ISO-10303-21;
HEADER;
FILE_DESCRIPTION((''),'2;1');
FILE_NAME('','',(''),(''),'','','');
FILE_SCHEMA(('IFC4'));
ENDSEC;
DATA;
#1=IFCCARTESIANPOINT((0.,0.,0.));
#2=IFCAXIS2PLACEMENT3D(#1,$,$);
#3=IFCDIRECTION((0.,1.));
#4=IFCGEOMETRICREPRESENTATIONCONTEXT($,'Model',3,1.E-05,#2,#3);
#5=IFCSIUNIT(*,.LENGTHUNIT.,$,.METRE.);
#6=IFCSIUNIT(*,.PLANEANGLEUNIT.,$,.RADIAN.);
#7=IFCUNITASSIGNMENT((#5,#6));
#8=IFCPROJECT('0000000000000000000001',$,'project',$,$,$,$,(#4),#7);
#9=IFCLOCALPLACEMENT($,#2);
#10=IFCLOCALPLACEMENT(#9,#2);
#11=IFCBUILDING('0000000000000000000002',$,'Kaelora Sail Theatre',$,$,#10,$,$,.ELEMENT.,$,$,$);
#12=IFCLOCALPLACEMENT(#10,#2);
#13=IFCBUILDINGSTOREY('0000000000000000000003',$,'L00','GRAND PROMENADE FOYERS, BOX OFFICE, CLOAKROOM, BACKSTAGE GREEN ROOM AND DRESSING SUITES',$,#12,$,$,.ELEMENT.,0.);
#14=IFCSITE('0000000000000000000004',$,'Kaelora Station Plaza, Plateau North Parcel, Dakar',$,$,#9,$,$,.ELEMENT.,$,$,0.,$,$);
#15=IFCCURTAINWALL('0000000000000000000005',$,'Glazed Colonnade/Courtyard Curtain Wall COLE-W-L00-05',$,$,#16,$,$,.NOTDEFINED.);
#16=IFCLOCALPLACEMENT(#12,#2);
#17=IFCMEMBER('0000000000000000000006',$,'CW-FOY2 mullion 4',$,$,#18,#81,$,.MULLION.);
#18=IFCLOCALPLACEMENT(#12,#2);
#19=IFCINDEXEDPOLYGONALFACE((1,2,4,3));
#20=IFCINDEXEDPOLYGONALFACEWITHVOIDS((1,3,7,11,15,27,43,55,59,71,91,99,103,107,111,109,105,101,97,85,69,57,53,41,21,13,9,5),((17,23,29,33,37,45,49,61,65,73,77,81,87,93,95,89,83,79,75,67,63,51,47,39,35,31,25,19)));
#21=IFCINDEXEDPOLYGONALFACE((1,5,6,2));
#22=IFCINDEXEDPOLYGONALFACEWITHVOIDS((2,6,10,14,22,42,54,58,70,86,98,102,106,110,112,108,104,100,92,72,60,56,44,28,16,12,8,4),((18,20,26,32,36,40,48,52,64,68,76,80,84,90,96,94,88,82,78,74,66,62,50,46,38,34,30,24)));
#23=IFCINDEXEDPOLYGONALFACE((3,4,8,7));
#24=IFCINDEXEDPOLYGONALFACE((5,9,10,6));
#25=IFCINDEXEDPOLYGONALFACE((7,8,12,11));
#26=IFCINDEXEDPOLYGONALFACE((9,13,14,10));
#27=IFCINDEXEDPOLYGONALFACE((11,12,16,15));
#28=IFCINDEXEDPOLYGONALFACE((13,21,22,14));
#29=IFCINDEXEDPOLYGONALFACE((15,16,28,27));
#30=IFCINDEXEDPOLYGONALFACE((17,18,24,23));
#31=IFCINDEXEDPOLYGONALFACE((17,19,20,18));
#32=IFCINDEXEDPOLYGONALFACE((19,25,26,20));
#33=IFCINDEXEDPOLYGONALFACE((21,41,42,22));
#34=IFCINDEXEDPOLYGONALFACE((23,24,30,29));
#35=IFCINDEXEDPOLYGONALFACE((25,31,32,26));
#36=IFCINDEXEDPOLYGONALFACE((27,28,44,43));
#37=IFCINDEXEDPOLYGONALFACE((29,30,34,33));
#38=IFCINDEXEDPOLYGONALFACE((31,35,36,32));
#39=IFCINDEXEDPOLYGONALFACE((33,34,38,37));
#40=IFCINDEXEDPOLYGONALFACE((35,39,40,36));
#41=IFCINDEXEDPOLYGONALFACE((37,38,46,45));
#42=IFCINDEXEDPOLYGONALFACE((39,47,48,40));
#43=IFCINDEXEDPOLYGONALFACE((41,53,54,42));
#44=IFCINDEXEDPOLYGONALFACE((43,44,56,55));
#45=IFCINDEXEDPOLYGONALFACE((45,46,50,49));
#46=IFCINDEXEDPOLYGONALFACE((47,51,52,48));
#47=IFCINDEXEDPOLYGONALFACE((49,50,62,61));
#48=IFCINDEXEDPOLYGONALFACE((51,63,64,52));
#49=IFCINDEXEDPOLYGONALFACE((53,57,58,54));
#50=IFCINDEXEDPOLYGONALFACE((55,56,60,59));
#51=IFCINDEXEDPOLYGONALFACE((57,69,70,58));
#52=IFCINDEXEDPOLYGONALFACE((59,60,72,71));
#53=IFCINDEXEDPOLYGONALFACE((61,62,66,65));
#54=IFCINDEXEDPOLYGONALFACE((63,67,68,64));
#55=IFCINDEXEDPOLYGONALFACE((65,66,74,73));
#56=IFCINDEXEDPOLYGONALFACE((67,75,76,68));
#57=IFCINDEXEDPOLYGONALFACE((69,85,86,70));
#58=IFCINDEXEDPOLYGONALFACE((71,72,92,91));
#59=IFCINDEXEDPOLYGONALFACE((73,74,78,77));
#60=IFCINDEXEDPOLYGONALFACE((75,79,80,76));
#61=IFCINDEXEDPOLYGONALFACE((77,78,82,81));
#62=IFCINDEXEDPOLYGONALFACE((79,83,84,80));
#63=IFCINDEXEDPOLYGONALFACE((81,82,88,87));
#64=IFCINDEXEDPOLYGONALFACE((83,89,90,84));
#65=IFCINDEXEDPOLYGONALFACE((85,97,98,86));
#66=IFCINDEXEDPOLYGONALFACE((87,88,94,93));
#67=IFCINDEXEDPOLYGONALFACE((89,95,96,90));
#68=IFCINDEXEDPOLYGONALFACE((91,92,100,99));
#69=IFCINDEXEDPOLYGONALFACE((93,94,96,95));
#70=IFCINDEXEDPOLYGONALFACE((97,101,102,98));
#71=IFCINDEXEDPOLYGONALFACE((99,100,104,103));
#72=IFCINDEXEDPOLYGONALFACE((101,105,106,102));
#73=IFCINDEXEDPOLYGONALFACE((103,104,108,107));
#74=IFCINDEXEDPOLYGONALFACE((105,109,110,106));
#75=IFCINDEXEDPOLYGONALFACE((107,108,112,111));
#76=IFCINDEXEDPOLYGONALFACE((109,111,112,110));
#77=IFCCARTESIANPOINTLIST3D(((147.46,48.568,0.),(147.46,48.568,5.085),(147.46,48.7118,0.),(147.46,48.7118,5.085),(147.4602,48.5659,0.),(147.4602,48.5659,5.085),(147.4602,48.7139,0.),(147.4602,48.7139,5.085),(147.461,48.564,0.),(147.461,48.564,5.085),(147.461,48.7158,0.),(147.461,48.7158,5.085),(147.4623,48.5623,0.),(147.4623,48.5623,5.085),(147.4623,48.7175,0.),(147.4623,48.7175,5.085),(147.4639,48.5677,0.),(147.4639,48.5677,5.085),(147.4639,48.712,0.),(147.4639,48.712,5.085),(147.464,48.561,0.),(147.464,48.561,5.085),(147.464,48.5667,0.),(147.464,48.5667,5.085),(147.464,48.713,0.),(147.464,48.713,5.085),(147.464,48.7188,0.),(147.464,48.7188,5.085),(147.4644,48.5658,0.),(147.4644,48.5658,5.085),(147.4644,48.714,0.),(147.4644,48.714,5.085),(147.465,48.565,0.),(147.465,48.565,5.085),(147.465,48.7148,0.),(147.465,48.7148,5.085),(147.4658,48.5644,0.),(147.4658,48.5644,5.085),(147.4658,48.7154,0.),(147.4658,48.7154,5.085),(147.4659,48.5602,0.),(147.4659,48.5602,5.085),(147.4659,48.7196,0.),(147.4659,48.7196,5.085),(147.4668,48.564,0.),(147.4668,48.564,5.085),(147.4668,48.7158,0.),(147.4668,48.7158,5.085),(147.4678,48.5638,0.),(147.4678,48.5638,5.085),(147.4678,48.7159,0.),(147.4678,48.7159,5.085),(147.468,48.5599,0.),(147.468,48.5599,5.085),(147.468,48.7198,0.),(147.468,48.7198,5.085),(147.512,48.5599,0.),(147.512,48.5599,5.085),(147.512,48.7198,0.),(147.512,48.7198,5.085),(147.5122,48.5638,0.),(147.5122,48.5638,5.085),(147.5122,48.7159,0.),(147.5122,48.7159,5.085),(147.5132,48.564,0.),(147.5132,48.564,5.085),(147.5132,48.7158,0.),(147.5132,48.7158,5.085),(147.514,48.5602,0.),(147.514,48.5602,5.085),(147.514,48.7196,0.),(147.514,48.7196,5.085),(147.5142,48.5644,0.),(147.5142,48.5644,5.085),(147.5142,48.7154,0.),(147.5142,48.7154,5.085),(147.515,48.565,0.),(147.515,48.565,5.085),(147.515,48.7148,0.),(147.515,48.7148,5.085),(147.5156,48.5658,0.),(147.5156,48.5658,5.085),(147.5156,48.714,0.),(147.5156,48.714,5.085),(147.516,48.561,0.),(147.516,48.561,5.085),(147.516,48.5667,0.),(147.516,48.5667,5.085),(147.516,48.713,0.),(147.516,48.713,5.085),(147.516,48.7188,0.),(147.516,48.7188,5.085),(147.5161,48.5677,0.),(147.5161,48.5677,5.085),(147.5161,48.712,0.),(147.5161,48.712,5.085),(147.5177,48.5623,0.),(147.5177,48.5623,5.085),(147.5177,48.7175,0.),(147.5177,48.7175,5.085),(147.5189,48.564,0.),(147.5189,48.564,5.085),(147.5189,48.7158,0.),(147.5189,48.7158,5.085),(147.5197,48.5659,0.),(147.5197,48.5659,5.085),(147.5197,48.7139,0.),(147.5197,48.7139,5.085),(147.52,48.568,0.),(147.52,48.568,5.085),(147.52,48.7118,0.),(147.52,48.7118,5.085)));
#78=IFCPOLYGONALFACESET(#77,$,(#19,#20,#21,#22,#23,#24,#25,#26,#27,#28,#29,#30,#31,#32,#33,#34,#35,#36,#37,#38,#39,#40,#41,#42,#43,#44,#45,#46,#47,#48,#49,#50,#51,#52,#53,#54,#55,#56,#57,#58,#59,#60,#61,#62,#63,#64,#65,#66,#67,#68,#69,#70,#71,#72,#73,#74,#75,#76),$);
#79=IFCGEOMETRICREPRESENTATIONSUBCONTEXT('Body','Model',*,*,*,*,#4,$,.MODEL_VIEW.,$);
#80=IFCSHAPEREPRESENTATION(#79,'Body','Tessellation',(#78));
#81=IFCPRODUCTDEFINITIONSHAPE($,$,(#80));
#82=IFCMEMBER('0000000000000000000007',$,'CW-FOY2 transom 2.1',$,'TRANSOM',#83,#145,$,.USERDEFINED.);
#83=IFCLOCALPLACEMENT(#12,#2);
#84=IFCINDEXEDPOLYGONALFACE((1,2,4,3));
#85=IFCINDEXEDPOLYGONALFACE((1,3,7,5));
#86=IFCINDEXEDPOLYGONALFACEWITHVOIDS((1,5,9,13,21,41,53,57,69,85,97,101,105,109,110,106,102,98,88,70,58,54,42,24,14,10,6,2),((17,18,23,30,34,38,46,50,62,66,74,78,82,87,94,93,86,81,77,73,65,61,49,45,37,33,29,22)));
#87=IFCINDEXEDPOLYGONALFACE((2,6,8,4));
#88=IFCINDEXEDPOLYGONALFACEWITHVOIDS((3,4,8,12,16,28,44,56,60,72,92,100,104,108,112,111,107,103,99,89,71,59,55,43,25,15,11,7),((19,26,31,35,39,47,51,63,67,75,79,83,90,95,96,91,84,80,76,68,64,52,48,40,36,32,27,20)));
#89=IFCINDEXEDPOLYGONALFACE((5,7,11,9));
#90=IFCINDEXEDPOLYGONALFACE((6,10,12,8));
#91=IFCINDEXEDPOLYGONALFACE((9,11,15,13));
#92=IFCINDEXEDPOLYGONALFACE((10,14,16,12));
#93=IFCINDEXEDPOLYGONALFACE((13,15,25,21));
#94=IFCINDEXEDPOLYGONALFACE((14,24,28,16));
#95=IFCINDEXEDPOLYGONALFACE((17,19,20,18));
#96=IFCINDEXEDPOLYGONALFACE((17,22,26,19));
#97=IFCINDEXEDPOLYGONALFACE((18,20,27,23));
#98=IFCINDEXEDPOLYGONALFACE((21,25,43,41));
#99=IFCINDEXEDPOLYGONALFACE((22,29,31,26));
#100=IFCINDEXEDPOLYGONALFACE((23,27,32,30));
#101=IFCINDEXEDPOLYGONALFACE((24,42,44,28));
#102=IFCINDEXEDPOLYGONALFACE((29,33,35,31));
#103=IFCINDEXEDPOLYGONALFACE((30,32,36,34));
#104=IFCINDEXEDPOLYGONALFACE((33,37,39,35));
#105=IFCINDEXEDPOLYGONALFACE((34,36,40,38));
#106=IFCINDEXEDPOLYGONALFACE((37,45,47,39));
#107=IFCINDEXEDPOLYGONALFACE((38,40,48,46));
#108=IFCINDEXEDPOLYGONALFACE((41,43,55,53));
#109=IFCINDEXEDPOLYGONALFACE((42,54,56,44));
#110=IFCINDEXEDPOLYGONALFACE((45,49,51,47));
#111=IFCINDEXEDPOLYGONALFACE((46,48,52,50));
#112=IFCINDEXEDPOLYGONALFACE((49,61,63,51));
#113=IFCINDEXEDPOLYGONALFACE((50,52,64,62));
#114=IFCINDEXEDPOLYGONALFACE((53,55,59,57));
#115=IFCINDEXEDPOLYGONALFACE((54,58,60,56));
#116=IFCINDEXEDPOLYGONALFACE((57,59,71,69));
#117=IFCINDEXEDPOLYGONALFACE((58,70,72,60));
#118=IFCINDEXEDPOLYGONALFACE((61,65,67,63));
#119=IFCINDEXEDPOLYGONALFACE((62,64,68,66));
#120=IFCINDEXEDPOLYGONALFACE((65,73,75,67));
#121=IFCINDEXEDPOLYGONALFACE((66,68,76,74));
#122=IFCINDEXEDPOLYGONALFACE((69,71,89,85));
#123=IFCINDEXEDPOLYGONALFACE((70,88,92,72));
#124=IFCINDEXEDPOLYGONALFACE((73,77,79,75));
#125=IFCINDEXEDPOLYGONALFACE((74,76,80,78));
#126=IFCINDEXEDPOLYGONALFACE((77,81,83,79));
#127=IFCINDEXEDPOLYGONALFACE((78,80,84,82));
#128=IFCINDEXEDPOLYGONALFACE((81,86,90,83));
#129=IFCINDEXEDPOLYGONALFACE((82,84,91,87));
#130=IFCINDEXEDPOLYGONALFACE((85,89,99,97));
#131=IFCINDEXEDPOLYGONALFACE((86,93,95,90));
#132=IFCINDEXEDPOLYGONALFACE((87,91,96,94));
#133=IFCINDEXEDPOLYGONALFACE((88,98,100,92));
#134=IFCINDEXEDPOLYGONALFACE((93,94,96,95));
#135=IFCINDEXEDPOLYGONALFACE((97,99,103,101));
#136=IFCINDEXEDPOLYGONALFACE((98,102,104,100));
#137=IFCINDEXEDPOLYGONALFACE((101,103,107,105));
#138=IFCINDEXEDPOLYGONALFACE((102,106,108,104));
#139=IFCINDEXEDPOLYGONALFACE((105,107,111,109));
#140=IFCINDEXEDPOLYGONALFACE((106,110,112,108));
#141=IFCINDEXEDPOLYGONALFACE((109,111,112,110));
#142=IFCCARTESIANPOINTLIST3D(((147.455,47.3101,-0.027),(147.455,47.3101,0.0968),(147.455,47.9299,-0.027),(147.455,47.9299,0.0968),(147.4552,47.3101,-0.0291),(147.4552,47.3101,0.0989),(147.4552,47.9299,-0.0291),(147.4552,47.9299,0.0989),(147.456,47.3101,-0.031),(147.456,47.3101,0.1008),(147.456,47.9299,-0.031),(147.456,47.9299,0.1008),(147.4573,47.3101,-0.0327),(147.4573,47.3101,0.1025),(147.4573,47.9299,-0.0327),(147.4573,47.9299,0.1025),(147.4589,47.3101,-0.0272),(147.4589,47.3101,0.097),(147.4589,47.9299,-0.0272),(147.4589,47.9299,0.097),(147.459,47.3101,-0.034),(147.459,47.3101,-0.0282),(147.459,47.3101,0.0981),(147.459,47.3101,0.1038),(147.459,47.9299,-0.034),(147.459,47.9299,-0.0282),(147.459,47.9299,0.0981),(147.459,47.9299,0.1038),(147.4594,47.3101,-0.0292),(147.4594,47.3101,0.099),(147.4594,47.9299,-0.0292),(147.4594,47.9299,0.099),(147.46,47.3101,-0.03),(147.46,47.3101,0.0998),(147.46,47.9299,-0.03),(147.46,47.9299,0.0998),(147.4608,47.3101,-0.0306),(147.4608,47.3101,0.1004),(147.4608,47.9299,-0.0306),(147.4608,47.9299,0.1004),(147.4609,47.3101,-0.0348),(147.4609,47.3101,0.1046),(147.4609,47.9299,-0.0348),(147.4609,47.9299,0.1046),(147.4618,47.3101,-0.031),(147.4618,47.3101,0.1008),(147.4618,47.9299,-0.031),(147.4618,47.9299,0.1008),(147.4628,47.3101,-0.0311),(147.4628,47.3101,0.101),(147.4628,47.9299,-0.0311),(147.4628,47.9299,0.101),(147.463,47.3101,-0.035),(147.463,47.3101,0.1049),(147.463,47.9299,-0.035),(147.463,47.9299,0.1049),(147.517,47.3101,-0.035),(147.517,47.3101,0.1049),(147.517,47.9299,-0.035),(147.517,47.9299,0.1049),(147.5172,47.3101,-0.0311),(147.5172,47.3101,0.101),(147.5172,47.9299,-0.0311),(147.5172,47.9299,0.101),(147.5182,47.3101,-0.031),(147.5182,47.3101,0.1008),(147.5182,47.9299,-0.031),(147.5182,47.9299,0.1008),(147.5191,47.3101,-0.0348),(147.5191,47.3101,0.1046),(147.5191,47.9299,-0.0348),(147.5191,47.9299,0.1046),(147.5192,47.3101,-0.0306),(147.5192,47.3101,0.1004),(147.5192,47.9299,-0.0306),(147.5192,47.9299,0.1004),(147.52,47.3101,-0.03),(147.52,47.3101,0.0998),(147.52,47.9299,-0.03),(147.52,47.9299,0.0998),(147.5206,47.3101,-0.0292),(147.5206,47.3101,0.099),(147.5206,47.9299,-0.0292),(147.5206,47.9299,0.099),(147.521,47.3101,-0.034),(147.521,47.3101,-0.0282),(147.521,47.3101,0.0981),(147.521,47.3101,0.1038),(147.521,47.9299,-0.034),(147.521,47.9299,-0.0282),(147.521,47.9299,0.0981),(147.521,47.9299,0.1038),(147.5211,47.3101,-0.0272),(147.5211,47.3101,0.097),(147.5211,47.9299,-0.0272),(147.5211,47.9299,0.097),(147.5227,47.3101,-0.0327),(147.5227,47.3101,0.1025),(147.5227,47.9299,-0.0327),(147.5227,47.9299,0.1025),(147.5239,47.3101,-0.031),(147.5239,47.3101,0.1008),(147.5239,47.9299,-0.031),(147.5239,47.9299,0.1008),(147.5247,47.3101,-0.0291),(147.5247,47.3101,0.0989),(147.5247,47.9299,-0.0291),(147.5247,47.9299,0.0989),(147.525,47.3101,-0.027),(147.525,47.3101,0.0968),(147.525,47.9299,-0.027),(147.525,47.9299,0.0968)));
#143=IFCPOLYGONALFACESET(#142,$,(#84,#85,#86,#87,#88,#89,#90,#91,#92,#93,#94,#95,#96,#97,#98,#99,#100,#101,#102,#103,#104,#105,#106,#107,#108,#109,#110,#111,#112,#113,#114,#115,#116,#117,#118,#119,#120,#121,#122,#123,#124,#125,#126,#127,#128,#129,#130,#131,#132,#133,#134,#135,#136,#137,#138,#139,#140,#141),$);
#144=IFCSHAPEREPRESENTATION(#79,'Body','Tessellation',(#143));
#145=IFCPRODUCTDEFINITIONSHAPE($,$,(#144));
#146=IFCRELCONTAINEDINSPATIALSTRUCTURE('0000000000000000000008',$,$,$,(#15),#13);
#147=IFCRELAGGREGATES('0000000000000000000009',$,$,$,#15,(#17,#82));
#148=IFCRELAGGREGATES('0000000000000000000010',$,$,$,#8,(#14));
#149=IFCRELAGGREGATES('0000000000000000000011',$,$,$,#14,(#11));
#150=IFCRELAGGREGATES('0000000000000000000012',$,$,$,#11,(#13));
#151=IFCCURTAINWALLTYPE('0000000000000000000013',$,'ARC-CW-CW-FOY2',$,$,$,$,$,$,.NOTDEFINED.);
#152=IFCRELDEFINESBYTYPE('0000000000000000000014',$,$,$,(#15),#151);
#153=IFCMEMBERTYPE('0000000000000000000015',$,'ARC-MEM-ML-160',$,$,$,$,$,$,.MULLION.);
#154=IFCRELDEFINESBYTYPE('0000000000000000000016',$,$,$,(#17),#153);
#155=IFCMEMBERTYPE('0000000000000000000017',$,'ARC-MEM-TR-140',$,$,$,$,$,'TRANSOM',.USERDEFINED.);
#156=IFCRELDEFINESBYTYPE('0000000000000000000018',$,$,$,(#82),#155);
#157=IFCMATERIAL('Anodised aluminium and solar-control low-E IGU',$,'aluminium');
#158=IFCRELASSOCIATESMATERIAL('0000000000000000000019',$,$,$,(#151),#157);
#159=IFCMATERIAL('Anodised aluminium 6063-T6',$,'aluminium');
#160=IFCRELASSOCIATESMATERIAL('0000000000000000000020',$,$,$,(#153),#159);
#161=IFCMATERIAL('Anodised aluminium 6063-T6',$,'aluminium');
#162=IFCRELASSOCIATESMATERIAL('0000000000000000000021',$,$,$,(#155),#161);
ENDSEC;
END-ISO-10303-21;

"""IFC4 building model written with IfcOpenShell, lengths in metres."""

from ifc_helpers import new_model, si_unit, direction, frame, origin, origin_2d, place, context, subcontext, project, spatial, hollow_rectangle, extrude, material, material_profile, profile_set, type_object, element, aggregate, save


model = new_model("IFC4")

# Units and contexts
model_context = context("Model", 3, precision=1e-05, world=origin(), true_north=direction((0.0, 1.0)))
body_context = subcontext(model_context, "Body", "Model", "MODEL_VIEW")
ifc_project = project(units=[si_unit("LENGTHUNIT", "METRE"), si_unit("PLANEANGLEUNIT", "RADIAN")], contexts=[model_context])

# Site, building, storey
site_placement = place(None, origin())
site = spatial("IfcSite", under=ifc_project, at=site_placement, Name="Kaelora Station Plaza, Plateau North Parcel, Dakar", CompositionType="ELEMENT", RefElevation=0.0)
building_placement = place(site_placement, origin())
building = spatial("IfcBuilding", under=site, at=building_placement, Name="Kaelora Sail Theatre", CompositionType="ELEMENT")
storey_placement = place(building_placement, origin())
storey = spatial("IfcBuildingStorey", under=building, at=storey_placement, Name="L00", Description="GRAND PROMENADE FOYERS, BOX OFFICE, CLOAKROOM, BACKSTAGE GREEN ROOM AND DRESSING SUITES", CompositionType="ELEMENT", Elevation=0.0)

# Curtain wall, members
ifc_material_1 = material(Name="Anodised aluminium and solar-control low-E IGU", Category="aluminium")
curtain_wall_type = type_object("IfcCurtainWallType", Name="ARC-CW-CW-FOY2", PredefinedType="NOTDEFINED", material=ifc_material_1)
curtain_wall_placement = place(storey_placement, origin())
curtain_wall = element("IfcCurtainWall", 1, at=curtain_wall_placement, inside=storey, type_object=curtain_wall_type, Name="Glazed Colonnade/Courtyard Curtain Wall COLE-W-L00-05", PredefinedType="NOTDEFINED")
ifc_material_2 = material(Name="Anodised aluminium 6063-T6", Category="aluminium")
ifc_material_profile_1 = material_profile(ifc_material_2, hollow_rectangle(XDim=0.0601, YDim=0.1599, WallThickness=0.0039, InnerFilletRadius=0.0039, OuterFilletRadius=0.0081, at=origin_2d()), Name="ALU-MULL 60x160x4")
ifc_profile_set_1 = profile_set([ifc_material_profile_1], Name="Anodised aluminium 6063-T6")
member_type_1 = type_object("IfcMemberType", Name="ARC-MEM-ML-160", PredefinedType="MULLION", material=ifc_profile_set_1)
member_1_placement = place(storey_placement, frame((147.49, 48.6399, 0.0), z_axis=(0.0, 0.0, 1.0), x_axis=(-1.0, 0.0, 0.0)))
member_1 = element("IfcMember", 2, at=member_1_placement, type_object=member_type_1, Name="CW-FOY2 mullion 4", PredefinedType="MULLION", context=body_context, shape_type="SweptSolid", body=[
    extrude(hollow_rectangle(XDim=0.0601, YDim=0.1599, WallThickness=0.0039, InnerFilletRadius=0.0039, OuterFilletRadius=0.0081, at=origin_2d()), origin(), (0.0, 0.0, 1.0), 5.085),
])
ifc_material_3 = material(Name="Anodised aluminium 6063-T6", Category="aluminium")
ifc_material_profile_2 = material_profile(ifc_material_3, hollow_rectangle(XDim=0.0701, YDim=0.1399, WallThickness=0.0039, InnerFilletRadius=0.0039, OuterFilletRadius=0.0081, at=origin_2d()), Name="ALU-TRAN 70x140x4")
ifc_profile_set_2 = profile_set([ifc_material_profile_2], Name="Anodised aluminium 6063-T6")
member_type_2 = type_object("IfcMemberType", Name="ARC-MEM-TR-140", ElementType="TRANSOM", PredefinedType="USERDEFINED", material=ifc_profile_set_2)
member_2_placement = place(storey_placement, frame((147.49, 47.3101, 0.0349), z_axis=(0.0, 1.0, 0.0), x_axis=(-1.0, 0.0, 0.0)))
member_2 = element("IfcMember", 3, at=member_2_placement, type_object=member_type_2, Name="CW-FOY2 transom 2.1", ObjectType="TRANSOM", PredefinedType="USERDEFINED", context=body_context, shape_type="SweptSolid", body=[
    extrude(hollow_rectangle(XDim=0.0701, YDim=0.1399, WallThickness=0.0039, InnerFilletRadius=0.0039, OuterFilletRadius=0.0081, at=origin_2d()), origin(), (0.0, 0.0, 1.0), 0.6199),
])
aggregate(curtain_wall, [member_1, member_2])

save(model, "model.ifc")
